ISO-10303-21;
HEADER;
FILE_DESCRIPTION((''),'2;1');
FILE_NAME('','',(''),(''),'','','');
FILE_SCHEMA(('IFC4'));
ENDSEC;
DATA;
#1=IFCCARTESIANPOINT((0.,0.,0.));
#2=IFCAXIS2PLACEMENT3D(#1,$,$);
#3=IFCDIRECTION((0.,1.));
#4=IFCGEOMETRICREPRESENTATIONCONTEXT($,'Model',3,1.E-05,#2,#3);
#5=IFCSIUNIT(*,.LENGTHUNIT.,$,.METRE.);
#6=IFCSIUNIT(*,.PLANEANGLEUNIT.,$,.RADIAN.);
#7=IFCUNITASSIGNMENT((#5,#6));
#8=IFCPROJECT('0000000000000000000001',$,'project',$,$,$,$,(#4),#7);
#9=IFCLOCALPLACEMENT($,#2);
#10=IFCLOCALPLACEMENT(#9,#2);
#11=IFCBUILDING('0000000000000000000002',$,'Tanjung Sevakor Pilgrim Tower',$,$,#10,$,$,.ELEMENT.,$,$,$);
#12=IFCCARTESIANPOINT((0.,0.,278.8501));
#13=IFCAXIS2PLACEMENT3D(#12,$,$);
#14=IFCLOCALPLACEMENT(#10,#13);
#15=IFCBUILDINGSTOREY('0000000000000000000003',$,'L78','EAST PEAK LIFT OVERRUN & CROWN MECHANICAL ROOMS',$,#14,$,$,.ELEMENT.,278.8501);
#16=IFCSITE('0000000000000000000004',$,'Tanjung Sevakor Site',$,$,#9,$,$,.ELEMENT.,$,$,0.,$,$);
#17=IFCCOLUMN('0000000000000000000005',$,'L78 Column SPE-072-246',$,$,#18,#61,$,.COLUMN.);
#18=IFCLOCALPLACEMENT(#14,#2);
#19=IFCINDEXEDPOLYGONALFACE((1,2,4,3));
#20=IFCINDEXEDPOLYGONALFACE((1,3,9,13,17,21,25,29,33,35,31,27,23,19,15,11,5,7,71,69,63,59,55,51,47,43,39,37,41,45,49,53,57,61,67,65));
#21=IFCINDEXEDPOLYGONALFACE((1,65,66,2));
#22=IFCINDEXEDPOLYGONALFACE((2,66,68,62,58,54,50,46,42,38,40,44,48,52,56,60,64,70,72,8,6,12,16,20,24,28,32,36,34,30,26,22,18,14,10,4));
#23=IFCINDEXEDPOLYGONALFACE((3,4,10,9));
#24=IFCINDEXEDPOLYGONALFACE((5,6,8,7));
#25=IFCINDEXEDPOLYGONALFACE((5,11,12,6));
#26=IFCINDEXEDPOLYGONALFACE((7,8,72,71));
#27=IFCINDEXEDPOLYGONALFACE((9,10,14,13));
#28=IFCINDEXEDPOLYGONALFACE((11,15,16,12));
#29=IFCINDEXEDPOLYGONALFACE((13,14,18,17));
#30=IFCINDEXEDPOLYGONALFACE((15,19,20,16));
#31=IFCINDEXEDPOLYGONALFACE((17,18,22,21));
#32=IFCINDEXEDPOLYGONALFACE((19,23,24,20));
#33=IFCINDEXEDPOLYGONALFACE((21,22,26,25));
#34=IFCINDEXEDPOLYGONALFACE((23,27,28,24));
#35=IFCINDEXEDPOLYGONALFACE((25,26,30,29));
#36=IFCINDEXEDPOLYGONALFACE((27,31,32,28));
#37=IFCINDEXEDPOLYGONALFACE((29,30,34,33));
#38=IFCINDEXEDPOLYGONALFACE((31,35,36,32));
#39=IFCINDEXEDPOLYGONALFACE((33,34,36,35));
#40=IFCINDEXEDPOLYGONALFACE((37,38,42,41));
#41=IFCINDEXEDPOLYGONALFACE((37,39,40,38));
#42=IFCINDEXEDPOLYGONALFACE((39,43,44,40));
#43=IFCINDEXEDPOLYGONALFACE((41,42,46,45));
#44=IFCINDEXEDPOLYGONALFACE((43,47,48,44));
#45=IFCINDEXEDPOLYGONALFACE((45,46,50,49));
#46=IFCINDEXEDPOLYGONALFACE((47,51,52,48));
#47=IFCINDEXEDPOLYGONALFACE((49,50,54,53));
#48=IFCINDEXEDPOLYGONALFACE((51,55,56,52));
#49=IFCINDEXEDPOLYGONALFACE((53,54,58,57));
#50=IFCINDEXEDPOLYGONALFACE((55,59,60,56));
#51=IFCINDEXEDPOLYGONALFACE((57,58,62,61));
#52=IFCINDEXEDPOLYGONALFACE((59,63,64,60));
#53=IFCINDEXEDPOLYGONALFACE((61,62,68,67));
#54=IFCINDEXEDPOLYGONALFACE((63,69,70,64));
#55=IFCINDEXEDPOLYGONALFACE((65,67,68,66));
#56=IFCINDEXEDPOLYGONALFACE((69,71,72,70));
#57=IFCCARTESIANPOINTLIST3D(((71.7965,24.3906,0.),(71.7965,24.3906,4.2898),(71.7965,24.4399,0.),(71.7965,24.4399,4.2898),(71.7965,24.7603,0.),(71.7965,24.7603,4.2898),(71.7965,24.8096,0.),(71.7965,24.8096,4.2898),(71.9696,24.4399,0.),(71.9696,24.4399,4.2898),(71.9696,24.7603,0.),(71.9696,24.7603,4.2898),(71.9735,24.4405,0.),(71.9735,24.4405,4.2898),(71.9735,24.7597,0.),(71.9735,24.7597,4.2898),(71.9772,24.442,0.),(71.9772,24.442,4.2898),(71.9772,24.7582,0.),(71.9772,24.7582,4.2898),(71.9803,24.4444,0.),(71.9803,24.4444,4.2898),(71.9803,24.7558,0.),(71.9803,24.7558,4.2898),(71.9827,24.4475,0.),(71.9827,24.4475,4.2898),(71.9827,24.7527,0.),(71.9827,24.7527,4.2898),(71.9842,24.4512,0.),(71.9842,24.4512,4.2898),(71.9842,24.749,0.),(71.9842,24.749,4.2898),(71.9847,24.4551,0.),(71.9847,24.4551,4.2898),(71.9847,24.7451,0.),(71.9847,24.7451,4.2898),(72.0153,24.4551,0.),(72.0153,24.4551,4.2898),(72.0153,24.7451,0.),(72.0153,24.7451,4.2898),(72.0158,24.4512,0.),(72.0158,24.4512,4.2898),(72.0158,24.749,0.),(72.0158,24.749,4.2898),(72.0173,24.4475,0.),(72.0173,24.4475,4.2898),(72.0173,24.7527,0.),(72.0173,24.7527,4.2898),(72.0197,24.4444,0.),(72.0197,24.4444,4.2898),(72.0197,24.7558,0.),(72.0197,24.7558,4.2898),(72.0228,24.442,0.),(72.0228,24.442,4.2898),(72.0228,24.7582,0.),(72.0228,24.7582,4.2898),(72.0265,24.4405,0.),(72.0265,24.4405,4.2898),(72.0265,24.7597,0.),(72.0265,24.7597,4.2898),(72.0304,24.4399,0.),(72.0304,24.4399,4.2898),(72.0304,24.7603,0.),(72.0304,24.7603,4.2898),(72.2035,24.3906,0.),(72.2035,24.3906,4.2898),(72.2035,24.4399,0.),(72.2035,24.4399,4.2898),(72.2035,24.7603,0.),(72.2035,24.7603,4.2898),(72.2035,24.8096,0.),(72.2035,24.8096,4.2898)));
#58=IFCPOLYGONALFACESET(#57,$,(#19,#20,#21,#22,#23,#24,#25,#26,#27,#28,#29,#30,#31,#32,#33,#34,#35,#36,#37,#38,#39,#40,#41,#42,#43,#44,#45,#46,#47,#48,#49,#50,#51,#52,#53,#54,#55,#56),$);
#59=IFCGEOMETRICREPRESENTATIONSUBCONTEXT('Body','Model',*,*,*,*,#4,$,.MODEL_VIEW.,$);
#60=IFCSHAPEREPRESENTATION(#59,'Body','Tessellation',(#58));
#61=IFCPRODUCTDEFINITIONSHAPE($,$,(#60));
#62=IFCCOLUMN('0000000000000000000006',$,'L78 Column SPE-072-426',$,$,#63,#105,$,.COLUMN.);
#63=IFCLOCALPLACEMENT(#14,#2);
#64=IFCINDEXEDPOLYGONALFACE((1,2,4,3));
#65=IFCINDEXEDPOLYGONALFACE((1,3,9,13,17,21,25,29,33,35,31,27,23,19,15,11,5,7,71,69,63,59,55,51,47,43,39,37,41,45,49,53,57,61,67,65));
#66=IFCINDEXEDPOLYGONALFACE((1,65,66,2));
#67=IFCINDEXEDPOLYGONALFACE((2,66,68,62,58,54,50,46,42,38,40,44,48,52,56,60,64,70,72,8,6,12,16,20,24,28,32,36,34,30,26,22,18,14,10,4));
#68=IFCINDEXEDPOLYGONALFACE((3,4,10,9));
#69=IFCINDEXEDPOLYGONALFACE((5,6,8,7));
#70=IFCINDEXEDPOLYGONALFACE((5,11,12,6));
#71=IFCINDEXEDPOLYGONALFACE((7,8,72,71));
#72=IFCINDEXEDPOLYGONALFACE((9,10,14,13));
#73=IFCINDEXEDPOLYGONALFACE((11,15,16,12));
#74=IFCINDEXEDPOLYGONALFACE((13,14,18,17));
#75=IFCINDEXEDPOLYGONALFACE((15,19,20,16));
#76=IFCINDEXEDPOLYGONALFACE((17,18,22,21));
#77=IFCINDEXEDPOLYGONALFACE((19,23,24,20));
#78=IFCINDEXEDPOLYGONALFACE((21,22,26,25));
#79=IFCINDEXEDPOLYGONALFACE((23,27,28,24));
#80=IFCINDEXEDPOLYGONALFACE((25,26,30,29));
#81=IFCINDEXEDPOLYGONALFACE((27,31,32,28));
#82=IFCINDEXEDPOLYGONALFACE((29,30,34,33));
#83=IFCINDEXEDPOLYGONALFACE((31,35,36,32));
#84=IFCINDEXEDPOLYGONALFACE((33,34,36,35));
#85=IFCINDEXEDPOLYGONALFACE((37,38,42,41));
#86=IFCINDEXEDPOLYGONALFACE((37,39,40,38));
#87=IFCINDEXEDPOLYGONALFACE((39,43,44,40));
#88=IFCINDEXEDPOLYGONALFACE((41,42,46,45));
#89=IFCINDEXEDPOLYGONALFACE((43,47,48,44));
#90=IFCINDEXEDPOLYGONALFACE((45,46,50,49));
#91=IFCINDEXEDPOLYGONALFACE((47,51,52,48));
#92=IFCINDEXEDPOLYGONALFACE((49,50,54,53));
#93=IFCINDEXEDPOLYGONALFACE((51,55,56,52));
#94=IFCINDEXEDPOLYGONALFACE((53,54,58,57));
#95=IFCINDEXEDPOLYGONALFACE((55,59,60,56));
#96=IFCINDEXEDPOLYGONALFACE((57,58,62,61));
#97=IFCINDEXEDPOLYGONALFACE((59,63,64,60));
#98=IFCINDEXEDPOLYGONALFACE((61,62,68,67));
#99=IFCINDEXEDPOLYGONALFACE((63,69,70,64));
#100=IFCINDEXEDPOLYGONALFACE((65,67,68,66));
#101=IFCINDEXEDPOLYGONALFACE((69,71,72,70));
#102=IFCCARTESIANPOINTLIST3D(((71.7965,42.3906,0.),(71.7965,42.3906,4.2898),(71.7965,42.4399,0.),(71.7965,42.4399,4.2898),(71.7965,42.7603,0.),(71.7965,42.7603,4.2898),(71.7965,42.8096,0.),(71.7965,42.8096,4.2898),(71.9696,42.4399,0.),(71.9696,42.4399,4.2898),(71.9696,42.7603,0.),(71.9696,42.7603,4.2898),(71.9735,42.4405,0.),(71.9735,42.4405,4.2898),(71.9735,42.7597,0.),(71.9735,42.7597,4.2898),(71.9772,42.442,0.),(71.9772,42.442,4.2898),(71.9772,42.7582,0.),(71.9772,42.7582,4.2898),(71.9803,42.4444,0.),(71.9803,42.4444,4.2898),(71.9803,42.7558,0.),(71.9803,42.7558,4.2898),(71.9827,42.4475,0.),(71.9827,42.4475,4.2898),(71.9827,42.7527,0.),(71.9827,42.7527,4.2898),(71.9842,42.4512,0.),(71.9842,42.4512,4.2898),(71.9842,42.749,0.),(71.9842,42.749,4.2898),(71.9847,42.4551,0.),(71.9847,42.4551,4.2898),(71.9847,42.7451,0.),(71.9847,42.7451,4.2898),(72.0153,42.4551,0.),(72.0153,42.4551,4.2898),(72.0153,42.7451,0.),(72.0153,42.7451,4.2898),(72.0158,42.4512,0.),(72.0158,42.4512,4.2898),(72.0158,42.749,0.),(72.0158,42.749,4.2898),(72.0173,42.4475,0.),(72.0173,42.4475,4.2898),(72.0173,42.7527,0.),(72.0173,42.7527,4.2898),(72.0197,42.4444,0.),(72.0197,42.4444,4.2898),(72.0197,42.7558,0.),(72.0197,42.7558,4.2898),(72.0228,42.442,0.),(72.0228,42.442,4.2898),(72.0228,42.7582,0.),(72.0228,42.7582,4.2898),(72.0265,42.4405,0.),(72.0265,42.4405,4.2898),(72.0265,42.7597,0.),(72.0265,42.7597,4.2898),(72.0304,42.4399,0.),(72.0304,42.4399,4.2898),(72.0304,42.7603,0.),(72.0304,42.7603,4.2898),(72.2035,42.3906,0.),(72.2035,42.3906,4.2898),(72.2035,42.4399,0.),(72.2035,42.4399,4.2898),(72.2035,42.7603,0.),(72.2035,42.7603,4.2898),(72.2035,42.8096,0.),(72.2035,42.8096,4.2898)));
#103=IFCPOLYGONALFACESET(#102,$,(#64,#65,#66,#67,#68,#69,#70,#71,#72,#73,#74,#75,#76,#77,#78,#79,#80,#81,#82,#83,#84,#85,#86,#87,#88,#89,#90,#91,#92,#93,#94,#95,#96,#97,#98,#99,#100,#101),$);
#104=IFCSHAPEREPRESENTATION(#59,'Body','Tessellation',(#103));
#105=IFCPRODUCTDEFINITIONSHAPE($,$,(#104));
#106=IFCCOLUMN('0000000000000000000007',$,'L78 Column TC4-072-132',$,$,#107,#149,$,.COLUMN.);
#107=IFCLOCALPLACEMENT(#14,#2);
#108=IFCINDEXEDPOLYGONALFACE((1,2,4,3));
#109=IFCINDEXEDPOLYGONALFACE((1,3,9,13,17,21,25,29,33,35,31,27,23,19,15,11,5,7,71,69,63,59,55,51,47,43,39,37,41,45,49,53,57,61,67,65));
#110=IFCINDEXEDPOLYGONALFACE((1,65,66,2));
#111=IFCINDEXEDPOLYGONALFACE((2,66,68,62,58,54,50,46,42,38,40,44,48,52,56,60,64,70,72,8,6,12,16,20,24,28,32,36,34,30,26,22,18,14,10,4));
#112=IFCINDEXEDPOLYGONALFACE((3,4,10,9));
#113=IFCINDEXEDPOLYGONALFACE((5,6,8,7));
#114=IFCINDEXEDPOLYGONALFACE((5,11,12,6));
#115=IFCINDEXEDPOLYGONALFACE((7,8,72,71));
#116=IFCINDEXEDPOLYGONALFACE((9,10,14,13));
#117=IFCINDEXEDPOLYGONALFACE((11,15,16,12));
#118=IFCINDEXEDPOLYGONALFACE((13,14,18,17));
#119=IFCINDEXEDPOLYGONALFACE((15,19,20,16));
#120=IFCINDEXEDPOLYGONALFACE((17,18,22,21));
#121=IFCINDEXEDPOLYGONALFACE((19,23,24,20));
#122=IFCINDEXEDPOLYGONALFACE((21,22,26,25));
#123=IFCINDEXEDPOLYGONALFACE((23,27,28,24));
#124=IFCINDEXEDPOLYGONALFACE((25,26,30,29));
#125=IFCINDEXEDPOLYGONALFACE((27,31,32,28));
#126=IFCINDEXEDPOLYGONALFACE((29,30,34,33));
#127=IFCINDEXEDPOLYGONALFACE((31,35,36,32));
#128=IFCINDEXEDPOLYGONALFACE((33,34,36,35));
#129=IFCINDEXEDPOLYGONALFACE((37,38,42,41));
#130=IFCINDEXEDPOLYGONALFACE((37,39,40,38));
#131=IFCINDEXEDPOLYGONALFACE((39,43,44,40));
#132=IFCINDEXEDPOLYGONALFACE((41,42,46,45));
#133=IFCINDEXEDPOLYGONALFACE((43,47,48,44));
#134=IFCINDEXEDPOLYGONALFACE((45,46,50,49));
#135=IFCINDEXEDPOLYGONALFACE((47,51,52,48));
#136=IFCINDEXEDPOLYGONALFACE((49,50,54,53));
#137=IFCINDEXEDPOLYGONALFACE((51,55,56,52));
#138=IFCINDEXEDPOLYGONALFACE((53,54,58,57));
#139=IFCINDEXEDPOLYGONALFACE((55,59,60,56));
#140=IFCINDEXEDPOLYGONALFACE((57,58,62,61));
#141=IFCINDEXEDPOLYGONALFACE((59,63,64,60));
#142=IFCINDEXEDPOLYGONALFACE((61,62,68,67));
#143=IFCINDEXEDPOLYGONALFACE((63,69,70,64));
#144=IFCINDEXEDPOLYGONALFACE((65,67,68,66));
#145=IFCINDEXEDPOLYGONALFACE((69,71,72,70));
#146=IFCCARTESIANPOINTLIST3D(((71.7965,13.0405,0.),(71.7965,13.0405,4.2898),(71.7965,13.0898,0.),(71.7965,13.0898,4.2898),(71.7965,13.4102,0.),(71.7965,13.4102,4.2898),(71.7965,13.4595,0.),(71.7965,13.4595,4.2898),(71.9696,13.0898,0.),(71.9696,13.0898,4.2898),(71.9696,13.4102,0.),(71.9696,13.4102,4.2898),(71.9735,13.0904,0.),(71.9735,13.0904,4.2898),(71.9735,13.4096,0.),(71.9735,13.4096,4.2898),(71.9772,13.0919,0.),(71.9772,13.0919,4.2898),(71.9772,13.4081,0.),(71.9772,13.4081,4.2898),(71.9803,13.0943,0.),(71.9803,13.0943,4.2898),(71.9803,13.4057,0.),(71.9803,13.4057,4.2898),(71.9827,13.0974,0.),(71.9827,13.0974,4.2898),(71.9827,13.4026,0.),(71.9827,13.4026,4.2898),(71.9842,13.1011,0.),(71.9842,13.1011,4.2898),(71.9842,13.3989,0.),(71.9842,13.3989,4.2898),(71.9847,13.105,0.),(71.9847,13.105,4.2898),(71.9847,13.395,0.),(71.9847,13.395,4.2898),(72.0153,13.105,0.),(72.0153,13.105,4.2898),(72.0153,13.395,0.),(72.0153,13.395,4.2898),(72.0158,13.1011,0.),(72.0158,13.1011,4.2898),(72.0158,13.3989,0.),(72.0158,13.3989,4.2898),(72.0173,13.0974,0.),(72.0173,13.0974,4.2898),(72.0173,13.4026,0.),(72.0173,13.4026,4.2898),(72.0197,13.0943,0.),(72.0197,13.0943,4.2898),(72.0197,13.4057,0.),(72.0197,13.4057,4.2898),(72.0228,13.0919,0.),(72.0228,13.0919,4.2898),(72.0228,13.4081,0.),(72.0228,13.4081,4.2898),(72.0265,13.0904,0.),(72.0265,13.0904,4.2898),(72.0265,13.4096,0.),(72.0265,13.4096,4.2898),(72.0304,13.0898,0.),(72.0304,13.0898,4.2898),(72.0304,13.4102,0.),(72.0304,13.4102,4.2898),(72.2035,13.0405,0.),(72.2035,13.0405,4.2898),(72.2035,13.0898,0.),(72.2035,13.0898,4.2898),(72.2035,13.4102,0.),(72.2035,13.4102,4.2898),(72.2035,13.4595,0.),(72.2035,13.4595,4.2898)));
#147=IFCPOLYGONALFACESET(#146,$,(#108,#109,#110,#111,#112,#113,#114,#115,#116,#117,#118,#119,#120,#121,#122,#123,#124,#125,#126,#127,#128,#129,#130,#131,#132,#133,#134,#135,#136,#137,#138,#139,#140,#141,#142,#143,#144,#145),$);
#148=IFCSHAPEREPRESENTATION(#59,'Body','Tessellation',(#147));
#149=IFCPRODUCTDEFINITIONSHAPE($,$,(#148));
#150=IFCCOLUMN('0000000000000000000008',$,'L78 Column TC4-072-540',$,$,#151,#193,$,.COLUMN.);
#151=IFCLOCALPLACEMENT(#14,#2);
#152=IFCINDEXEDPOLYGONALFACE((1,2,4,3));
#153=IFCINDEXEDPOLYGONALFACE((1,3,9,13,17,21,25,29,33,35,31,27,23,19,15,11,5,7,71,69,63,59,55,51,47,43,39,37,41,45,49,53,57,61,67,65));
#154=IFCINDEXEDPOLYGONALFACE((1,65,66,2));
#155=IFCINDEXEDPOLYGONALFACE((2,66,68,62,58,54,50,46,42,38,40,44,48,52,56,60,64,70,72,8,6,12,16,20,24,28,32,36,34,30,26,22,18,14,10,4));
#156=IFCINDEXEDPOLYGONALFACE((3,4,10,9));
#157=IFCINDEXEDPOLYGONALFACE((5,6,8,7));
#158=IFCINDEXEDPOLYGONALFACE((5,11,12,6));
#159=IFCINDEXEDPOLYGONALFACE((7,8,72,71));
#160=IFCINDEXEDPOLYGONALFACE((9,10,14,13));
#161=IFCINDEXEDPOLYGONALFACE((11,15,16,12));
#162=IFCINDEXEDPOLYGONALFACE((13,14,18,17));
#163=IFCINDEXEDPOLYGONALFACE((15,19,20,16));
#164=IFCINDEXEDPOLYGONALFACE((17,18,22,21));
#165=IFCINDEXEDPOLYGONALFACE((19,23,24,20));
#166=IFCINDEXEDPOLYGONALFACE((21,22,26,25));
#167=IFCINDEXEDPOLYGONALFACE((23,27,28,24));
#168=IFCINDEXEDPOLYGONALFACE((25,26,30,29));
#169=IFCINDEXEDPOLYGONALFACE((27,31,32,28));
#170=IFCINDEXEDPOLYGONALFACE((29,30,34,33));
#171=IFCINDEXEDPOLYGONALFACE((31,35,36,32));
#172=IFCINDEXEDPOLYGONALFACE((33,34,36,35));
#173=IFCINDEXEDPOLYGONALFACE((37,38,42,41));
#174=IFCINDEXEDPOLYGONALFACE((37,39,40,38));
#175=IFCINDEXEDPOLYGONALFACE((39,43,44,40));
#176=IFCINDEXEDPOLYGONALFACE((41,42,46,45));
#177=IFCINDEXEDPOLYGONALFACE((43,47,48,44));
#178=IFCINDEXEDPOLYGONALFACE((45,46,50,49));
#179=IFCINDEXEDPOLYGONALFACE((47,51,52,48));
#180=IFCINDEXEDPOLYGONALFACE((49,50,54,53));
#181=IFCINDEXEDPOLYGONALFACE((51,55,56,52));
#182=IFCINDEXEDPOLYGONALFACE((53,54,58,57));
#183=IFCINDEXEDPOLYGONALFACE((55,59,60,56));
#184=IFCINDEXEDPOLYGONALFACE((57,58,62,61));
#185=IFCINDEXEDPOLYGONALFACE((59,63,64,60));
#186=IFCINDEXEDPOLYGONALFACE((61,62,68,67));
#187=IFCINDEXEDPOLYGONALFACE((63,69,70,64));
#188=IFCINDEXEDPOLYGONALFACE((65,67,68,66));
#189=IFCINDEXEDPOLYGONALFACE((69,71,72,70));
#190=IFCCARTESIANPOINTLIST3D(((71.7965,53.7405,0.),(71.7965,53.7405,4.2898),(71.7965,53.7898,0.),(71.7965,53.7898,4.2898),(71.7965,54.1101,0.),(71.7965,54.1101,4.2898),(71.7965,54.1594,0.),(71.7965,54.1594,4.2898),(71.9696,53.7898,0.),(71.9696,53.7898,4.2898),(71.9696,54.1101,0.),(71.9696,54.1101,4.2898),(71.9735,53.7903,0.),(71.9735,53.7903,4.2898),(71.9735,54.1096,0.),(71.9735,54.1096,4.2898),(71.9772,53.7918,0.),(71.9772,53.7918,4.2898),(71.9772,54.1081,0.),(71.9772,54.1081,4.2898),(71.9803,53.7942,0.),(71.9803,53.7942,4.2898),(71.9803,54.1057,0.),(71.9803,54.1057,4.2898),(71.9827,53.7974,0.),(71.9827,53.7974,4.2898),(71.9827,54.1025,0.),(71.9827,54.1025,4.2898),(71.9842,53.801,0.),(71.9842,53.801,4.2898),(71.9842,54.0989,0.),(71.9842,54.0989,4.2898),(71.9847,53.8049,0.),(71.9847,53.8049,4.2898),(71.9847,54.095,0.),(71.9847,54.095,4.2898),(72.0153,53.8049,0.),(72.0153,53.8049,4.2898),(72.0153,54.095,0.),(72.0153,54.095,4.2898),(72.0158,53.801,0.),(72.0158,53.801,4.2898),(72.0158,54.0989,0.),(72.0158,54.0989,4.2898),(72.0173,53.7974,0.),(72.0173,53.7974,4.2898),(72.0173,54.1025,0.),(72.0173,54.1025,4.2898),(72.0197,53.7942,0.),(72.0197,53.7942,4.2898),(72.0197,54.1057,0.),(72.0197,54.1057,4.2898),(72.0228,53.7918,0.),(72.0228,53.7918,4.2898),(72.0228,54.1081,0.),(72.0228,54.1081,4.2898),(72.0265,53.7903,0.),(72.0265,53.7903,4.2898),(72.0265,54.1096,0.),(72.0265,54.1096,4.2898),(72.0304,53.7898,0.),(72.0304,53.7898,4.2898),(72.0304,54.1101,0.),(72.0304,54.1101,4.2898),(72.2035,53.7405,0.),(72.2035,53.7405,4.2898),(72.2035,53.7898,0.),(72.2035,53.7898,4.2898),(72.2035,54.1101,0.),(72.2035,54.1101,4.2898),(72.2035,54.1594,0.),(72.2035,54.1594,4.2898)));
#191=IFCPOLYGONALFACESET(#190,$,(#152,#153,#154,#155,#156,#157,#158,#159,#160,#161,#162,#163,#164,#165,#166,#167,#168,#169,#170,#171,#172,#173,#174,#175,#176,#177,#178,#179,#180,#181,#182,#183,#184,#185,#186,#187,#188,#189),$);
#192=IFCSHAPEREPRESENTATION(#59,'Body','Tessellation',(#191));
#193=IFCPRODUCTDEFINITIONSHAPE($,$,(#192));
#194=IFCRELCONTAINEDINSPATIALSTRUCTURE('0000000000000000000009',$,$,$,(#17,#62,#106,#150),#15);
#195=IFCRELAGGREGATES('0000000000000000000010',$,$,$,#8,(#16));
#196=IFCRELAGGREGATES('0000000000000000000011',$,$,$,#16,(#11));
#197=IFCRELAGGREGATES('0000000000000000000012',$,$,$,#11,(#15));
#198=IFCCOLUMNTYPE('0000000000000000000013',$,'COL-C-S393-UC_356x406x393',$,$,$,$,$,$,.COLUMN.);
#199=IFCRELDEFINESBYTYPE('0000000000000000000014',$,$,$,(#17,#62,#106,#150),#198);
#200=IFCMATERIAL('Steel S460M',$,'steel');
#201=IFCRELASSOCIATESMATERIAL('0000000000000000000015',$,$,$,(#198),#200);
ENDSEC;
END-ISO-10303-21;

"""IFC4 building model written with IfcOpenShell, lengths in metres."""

from ifc_helpers import new_model, si_unit, direction, frame, origin, origin_2d, place, context, subcontext, project, spatial, i_section, extrude, material, material_profile, profile_set, type_object, element, save


model = new_model("IFC4")

# Units and contexts
model_context = context("Model", 3, precision=1e-05, world=origin(), true_north=direction((0.0, 1.0)))
body_context = subcontext(model_context, "Body", "Model", "MODEL_VIEW")
ifc_project = project(units=[si_unit("LENGTHUNIT", "METRE"), si_unit("PLANEANGLEUNIT", "RADIAN")], contexts=[model_context])

# Site, building, storey
site_placement = place(None, origin())
site = spatial("IfcSite", under=ifc_project, at=site_placement, Name="Tanjung Sevakor Site", CompositionType="ELEMENT", RefElevation=0.0)
building_placement = place(site_placement, origin())
building = spatial("IfcBuilding", under=site, at=building_placement, Name="Tanjung Sevakor Pilgrim Tower", CompositionType="ELEMENT")
storey_placement = place(building_placement, frame((0.0, 0.0, 278.8501)))
storey = spatial("IfcBuildingStorey", under=building, at=storey_placement, Name="L78", Description="EAST PEAK LIFT OVERRUN & CROWN MECHANICAL ROOMS", CompositionType="ELEMENT", Elevation=278.8501)

# Columns
ifc_material_1 = material(Name="Steel S460M", Category="steel")
ifc_material_profile_1 = material_profile(ifc_material_1, i_section(OverallWidth=0.407, OverallDepth=0.4189, WebThickness=0.0305, FlangeThickness=0.0493, FilletRadius=0.0151, at=origin_2d()))
ifc_profile_set_1 = profile_set([ifc_material_profile_1], Name="Steel S460M")
column_type = type_object("IfcColumnType", Name="COL-C-S393-UC_356x406x393", PredefinedType="COLUMN", material=ifc_profile_set_1)
for number, where, z_axis, x_axis, name in (
    (1, (72.0, 24.6001, 0.0), (0.0, 0.0, 1.0), (1.0, 0.0, 0.0), "L78 Column SPE-072-246"),
    (2, (72.0, 42.6001, 0.0), (0.0, 0.0, 1.0), (1.0, 0.0, 0.0), "L78 Column SPE-072-426"),
    (3, (72.0, 13.25, 0.0), (0.0, 0.0, 1.0), (1.0, 0.0, 0.0), "L78 Column TC4-072-132"),
    (4, (72.0, 53.95, 0.0), (0.0, 0.0, 1.0), (1.0, 0.0, 0.0), "L78 Column TC4-072-540"),
):
    element("IfcColumn", number, at=place(storey_placement, frame(where, z_axis=z_axis, x_axis=x_axis)), inside=storey, type_object=column_type, Name=name, PredefinedType="COLUMN", context=body_context, shape_type="SweptSolid", body=[
        extrude(i_section(OverallWidth=0.407, OverallDepth=0.4189, WebThickness=0.0305, FlangeThickness=0.0493, FilletRadius=0.0151, at=origin_2d()), origin(), (0.0, 0.0, 1.0), 4.2898),
    ])

save(model, "model.ifc")
